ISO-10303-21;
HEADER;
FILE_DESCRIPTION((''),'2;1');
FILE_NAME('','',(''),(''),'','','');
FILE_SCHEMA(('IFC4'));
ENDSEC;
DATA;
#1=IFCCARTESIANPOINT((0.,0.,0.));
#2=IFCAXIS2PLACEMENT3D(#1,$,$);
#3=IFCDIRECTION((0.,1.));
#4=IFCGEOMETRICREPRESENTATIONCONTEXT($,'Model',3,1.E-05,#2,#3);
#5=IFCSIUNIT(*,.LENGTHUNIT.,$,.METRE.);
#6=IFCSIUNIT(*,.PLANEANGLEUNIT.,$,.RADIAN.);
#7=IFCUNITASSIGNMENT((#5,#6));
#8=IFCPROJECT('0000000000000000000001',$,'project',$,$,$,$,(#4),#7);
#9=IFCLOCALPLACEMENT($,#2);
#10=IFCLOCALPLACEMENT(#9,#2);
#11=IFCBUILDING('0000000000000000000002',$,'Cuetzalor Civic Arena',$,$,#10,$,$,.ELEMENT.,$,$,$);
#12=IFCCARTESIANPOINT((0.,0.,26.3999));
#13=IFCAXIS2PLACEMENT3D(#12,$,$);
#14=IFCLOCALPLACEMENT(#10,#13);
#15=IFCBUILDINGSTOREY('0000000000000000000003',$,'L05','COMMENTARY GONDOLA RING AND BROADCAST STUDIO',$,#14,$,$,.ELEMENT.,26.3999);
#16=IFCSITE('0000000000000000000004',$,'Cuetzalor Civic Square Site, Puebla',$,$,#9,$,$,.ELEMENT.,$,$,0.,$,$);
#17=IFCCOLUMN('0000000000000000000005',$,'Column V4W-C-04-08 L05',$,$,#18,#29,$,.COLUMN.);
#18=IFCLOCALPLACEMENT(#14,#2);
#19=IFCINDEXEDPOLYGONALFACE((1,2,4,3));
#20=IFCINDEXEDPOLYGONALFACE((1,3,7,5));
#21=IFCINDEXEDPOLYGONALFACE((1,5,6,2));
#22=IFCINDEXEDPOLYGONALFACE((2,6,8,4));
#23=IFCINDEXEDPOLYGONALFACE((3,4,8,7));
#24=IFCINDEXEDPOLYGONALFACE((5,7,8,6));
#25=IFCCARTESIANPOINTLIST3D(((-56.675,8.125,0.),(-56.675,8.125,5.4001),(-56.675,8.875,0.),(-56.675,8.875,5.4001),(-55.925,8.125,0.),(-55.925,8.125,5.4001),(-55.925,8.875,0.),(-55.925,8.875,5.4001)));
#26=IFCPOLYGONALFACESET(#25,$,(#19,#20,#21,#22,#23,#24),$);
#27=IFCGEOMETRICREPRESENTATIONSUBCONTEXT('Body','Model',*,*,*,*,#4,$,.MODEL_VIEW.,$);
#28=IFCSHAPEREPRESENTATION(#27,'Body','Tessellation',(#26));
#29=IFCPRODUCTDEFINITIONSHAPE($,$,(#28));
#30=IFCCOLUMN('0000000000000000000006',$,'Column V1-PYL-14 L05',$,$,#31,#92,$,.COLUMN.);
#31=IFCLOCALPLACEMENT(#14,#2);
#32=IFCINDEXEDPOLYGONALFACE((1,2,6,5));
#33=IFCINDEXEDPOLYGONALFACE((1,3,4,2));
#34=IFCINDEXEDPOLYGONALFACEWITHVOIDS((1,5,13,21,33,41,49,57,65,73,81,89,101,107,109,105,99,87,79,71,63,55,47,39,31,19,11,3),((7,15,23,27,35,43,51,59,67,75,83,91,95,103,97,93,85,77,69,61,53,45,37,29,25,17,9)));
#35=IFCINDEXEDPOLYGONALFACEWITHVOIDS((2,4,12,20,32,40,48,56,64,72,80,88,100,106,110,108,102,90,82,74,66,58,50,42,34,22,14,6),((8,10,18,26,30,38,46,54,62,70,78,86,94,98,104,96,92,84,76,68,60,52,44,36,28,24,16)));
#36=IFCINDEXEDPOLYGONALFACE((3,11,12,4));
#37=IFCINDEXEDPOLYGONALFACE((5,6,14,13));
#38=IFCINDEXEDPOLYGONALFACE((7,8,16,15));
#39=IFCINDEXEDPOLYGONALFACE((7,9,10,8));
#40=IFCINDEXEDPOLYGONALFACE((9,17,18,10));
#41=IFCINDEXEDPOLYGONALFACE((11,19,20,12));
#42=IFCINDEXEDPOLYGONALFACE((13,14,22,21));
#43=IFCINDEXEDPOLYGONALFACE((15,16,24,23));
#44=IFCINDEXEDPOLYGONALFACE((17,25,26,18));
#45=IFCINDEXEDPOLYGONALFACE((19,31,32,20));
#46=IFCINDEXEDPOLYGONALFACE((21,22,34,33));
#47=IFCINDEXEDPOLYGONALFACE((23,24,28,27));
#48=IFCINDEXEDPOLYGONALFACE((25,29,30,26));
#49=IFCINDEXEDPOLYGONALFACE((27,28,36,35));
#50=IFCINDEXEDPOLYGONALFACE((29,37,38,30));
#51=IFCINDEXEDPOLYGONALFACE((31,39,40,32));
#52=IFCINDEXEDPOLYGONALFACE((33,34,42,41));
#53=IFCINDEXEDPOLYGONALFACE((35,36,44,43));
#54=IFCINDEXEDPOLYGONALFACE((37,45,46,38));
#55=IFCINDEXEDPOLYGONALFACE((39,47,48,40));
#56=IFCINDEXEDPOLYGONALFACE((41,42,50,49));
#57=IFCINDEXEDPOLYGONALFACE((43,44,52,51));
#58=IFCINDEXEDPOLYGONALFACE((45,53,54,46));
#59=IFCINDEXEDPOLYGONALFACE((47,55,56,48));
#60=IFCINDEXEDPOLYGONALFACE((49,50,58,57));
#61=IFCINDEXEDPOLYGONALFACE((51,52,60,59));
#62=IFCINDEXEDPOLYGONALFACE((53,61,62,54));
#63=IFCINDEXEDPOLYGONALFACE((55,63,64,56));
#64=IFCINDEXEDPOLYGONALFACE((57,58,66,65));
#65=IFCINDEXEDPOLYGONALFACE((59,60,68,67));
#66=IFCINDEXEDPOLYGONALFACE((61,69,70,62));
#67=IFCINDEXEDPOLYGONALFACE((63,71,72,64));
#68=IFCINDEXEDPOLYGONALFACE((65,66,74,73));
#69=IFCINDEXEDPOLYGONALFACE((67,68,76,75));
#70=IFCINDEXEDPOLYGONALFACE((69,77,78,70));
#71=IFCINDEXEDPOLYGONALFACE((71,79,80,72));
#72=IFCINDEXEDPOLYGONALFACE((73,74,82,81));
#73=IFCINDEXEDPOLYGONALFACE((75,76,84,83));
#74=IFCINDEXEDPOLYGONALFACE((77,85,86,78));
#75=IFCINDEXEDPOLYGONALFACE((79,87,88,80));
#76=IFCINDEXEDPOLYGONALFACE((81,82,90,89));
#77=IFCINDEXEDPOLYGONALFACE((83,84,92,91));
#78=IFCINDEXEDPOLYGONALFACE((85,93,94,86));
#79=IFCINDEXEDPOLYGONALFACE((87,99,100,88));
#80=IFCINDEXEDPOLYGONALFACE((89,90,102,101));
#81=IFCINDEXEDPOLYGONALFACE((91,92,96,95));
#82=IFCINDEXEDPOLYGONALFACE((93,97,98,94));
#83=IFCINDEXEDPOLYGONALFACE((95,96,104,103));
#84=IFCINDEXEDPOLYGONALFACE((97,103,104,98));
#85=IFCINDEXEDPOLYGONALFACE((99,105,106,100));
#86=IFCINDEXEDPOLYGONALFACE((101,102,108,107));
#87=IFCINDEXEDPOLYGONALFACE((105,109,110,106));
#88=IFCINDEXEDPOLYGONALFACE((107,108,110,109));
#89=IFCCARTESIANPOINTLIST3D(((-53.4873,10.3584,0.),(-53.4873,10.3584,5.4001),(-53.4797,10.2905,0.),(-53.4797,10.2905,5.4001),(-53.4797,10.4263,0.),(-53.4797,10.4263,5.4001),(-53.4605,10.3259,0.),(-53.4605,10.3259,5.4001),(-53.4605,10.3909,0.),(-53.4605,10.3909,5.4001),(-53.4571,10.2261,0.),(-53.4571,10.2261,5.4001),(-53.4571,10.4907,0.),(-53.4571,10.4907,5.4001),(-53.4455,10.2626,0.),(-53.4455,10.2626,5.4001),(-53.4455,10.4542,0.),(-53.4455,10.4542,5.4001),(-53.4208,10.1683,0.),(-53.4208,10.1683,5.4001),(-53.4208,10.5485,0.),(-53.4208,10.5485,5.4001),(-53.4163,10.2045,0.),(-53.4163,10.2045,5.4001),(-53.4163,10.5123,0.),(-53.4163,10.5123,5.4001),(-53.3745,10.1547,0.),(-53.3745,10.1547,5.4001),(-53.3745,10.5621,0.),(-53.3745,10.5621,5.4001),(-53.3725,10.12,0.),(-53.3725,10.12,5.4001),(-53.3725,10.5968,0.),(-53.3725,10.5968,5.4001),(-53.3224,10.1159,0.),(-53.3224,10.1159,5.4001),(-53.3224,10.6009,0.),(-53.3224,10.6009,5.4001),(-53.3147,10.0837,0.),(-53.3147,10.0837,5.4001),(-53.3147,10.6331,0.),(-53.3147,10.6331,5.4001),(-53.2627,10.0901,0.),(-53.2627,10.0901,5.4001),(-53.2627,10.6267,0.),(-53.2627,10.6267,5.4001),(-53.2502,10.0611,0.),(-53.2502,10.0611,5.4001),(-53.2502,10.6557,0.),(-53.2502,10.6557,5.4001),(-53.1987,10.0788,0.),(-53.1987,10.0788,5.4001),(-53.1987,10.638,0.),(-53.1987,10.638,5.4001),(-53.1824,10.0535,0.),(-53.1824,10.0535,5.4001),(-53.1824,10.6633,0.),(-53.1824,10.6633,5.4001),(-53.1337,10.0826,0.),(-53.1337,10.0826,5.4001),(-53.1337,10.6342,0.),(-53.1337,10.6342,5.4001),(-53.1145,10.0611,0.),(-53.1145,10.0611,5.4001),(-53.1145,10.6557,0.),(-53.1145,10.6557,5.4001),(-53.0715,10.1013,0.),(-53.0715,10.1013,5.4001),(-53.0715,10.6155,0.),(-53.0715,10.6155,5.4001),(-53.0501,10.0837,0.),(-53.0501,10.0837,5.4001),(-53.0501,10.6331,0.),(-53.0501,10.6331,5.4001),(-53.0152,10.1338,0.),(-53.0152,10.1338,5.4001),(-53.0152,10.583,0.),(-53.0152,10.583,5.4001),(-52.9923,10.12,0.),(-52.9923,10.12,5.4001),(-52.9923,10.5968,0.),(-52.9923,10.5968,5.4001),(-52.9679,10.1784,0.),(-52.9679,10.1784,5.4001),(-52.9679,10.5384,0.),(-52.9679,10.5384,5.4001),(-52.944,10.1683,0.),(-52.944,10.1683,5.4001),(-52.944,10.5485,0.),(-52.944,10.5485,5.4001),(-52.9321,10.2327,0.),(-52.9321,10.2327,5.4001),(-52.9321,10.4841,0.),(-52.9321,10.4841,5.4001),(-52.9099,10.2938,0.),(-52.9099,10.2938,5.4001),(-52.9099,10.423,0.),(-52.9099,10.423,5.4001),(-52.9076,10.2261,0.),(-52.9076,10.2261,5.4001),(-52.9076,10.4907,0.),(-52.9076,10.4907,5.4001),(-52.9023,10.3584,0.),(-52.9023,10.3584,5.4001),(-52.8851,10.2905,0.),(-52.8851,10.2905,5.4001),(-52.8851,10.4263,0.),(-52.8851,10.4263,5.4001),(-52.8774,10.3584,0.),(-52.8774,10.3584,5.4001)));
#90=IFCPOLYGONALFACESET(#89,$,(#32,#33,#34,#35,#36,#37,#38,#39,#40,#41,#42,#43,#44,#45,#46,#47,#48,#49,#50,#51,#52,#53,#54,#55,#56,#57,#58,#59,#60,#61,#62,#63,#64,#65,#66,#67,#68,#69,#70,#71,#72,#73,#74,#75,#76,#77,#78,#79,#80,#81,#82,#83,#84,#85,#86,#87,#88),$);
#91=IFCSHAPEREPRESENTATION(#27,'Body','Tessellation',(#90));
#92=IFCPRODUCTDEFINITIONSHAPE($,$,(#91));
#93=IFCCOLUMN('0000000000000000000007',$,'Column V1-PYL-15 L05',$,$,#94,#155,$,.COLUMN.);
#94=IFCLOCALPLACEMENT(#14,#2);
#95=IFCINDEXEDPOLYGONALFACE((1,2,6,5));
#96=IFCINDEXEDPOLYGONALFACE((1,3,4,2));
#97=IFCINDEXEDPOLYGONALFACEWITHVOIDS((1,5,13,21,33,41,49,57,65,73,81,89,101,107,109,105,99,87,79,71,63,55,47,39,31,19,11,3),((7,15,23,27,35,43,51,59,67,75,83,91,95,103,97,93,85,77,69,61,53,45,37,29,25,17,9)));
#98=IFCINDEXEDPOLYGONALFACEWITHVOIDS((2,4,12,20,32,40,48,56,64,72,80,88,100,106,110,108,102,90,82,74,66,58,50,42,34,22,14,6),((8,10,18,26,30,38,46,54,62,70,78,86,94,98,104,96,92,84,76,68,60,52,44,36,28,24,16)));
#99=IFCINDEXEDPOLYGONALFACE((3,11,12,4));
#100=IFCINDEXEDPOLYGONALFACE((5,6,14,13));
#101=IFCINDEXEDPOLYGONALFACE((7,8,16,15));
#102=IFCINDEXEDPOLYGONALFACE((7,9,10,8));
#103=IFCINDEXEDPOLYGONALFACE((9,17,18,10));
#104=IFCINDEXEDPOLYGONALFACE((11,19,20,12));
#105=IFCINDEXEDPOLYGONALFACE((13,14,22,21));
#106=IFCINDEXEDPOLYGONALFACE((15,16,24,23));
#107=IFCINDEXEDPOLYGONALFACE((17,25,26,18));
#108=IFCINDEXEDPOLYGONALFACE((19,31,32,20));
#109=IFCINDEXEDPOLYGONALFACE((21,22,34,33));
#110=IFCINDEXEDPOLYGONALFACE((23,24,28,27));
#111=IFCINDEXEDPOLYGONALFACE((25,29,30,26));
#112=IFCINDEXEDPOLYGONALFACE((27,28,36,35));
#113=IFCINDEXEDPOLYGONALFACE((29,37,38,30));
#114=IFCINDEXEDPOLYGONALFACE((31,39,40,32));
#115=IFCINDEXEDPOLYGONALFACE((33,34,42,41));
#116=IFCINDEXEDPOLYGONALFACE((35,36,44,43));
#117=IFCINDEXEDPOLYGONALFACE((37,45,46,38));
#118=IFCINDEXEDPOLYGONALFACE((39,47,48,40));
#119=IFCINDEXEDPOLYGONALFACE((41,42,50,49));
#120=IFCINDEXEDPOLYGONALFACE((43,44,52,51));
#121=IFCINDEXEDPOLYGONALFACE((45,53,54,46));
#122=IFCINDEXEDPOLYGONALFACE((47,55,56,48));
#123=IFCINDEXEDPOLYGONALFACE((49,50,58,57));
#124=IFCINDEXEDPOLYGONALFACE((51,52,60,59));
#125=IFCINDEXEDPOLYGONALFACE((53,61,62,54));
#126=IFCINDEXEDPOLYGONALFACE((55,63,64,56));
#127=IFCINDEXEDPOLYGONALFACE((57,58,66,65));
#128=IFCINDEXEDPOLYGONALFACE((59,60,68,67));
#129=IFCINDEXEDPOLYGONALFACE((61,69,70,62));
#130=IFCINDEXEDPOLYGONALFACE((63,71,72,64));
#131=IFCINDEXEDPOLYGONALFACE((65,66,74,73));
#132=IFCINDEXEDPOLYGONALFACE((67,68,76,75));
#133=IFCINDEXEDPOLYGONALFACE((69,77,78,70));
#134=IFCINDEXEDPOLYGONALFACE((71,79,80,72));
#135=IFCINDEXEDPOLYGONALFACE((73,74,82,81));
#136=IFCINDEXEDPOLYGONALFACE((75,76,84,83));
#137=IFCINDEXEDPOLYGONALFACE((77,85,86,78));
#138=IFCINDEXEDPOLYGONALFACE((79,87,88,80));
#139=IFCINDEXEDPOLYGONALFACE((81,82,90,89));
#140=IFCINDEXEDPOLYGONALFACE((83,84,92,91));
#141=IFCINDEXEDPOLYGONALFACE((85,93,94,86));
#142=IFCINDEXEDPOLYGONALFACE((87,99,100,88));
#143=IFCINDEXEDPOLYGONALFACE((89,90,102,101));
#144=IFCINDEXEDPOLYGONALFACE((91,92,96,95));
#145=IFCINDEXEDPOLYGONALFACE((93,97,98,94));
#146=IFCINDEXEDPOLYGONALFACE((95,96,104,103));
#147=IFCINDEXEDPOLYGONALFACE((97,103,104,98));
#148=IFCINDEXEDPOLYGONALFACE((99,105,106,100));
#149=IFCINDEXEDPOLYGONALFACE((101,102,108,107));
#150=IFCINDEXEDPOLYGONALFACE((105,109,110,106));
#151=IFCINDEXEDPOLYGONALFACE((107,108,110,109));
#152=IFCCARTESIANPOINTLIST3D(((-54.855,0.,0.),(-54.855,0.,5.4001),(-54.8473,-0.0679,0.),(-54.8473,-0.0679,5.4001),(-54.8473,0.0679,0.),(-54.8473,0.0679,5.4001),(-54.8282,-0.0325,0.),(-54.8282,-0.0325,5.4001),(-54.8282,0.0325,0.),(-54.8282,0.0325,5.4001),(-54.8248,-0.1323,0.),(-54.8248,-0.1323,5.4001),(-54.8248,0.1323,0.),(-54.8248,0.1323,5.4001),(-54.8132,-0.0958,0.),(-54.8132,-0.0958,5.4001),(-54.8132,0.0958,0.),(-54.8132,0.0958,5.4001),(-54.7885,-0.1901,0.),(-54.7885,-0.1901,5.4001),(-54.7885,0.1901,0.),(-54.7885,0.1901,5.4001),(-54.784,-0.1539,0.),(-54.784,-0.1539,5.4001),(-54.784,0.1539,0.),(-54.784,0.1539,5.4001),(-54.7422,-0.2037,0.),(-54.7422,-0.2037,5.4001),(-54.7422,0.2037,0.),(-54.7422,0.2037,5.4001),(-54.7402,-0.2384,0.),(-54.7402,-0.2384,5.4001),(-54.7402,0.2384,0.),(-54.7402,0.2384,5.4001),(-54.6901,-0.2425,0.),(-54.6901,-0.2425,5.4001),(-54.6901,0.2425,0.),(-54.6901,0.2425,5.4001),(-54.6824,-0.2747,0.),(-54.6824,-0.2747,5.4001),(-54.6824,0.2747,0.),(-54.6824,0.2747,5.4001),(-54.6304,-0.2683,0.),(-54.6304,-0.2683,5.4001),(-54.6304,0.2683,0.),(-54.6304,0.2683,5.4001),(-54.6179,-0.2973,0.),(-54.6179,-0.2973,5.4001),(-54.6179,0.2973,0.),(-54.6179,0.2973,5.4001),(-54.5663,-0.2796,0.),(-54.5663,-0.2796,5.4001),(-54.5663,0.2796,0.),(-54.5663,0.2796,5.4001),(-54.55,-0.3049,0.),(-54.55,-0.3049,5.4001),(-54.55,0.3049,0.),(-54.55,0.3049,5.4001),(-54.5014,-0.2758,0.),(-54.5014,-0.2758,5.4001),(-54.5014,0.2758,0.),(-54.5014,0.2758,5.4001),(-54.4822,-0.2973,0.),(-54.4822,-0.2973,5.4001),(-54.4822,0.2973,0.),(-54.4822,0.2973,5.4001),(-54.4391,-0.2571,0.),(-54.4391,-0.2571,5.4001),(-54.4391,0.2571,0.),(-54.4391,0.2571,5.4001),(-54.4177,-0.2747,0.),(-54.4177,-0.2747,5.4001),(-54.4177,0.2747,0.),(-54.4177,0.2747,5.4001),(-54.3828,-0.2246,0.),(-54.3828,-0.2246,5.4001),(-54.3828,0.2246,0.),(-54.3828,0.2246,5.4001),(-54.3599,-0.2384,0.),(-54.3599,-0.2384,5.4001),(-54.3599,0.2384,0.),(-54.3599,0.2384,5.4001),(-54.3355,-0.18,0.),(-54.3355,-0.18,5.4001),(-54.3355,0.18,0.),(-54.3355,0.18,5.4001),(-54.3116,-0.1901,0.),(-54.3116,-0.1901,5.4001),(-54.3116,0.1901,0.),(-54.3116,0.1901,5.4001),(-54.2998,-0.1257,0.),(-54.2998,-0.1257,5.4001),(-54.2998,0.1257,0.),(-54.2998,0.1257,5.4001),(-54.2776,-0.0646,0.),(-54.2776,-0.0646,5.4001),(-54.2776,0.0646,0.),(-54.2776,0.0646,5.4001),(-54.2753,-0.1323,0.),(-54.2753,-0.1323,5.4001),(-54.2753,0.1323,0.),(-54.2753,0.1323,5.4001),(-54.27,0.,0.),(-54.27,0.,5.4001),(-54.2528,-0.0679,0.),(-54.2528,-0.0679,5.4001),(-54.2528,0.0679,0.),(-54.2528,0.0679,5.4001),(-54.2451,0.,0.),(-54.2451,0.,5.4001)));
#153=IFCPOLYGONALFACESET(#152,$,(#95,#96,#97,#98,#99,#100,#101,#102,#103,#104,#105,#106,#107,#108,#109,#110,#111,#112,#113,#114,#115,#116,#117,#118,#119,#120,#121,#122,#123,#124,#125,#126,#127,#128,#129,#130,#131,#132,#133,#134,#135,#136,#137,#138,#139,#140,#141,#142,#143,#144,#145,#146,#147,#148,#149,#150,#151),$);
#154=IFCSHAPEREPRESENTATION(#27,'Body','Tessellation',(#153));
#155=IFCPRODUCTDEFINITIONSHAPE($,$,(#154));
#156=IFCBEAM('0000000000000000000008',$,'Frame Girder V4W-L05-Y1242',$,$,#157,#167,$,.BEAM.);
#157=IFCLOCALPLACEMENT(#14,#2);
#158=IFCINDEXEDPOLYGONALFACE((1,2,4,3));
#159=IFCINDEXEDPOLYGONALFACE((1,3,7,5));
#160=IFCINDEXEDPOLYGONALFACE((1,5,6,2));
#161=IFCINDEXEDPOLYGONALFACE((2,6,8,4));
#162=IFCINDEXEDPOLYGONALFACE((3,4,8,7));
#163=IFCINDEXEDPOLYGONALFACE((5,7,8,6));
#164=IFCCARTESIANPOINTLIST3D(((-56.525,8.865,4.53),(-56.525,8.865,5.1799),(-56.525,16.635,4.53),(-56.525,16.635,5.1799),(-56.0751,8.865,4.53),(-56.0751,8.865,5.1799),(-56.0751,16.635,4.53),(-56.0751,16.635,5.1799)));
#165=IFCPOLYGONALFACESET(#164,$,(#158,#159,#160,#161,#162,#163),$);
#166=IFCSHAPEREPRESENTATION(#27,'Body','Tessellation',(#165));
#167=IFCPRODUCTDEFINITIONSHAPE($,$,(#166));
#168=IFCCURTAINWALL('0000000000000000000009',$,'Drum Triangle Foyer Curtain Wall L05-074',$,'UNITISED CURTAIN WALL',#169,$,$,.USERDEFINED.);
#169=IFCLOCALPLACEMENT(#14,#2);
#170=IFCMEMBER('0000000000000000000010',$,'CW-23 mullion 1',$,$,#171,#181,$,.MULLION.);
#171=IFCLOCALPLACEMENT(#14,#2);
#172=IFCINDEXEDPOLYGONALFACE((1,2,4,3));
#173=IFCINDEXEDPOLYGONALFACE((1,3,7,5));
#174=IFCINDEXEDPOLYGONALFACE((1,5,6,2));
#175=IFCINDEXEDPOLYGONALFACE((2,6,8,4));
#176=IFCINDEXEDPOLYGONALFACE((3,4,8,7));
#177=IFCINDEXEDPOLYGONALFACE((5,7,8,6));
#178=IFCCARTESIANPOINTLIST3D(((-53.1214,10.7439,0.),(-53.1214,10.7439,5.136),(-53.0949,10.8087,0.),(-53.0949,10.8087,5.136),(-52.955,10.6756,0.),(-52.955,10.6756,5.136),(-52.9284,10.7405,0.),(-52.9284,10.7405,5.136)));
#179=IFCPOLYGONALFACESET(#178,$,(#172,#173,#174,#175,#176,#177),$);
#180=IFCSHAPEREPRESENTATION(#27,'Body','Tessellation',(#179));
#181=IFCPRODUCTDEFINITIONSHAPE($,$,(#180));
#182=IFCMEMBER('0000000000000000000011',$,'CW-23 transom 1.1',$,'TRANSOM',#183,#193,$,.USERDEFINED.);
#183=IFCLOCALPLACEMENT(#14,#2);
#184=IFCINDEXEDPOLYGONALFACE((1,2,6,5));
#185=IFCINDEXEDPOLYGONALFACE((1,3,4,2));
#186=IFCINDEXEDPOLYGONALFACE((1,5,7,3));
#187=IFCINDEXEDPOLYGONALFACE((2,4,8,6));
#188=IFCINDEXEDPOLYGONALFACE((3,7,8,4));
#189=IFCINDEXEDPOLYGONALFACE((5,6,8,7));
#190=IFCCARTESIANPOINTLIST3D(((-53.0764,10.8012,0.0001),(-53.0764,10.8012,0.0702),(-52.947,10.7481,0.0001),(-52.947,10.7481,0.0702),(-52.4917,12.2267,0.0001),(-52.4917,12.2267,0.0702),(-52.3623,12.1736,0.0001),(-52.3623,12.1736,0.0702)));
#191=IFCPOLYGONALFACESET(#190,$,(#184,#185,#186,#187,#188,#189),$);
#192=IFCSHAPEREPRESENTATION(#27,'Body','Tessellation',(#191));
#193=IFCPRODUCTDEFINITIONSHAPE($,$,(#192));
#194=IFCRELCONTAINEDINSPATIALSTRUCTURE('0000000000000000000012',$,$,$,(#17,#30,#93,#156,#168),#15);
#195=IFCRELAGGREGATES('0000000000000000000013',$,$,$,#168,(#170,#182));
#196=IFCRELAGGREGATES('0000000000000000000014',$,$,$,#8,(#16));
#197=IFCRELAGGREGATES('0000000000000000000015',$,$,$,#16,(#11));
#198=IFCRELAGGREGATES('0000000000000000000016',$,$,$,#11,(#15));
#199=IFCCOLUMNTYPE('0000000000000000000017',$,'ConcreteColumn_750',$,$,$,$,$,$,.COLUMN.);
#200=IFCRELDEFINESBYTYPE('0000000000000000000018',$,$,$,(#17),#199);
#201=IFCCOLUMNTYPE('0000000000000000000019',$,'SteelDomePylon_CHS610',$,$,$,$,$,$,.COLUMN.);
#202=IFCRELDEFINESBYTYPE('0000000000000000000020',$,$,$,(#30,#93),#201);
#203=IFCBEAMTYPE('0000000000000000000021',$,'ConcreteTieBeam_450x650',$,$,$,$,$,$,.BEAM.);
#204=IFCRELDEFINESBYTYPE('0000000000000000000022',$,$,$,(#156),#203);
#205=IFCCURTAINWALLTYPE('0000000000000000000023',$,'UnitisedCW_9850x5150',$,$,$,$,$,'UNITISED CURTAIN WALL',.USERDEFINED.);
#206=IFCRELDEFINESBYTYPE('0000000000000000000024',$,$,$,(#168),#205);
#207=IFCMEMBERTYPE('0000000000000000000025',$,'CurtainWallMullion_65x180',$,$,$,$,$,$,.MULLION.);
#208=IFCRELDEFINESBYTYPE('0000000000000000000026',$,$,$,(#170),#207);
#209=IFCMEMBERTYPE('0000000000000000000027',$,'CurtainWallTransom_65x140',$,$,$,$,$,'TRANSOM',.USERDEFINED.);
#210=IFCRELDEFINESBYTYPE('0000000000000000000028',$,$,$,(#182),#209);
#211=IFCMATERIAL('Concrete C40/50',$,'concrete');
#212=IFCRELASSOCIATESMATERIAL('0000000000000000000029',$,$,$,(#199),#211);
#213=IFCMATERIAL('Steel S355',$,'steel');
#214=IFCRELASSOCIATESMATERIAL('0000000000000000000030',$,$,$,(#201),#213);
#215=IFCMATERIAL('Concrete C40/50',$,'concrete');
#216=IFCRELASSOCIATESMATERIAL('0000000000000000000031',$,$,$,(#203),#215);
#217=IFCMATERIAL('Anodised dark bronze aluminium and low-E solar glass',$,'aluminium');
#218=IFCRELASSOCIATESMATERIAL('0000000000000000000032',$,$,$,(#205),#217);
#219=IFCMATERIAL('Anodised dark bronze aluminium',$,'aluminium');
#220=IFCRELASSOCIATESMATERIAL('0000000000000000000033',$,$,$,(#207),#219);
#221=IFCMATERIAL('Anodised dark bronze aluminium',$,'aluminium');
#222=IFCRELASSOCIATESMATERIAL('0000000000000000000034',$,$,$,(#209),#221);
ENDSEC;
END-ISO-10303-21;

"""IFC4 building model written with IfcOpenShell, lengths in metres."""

from ifc_helpers import new_model, si_unit, direction, frame, origin, origin_2d, place, context, subcontext, project, spatial, rectangle, hollow_circle, extrude, material, material_profile, profile_set, type_object, element, aggregate, save


model = new_model("IFC4")

# Units and contexts
model_context = context("Model", 3, precision=1e-05, world=origin(), true_north=direction((0.0, 1.0)))
body_context = subcontext(model_context, "Body", "Model", "MODEL_VIEW")
ifc_project = project(units=[si_unit("LENGTHUNIT", "METRE"), si_unit("PLANEANGLEUNIT", "RADIAN")], contexts=[model_context])

# Site, building, storey
site_placement = place(None, origin())
site = spatial("IfcSite", under=ifc_project, at=site_placement, Name="Cuetzalor Civic Square Site, Puebla", CompositionType="ELEMENT", RefElevation=0.0)
building_placement = place(site_placement, origin())
building = spatial("IfcBuilding", under=site, at=building_placement, Name="Cuetzalor Civic Arena", CompositionType="ELEMENT")
storey_placement = place(building_placement, frame((0.0, 0.0, 26.3999)))
storey = spatial("IfcBuildingStorey", under=building, at=storey_placement, Name="L05", Description="COMMENTARY GONDOLA RING AND BROADCAST STUDIO", CompositionType="ELEMENT", Elevation=26.3999)

# Columns
ifc_material_1 = material(Name="Concrete C40/50", Category="concrete")
ifc_material_profile_1 = material_profile(ifc_material_1, rectangle(XDim=0.75, YDim=0.75, at=origin_2d()), Name="RC 750x750")
ifc_profile_set_1 = profile_set([ifc_material_profile_1], Name="Concrete C40/50")
column_type_1 = type_object("IfcColumnType", Name="ConcreteColumn_750", PredefinedType="COLUMN", material=ifc_profile_set_1)
column_placement = place(storey_placement, frame((-56.3, 8.5, 0.0), z_axis=(0.0, 0.0, 1.0), x_axis=(1.0, 0.0, 0.0)))
element("IfcColumn", 1, at=column_placement, inside=storey, type_object=column_type_1, Name="Column V4W-C-04-08 L05", PredefinedType="COLUMN", context=body_context, shape_type="SweptSolid", body=[
    extrude(rectangle(XDim=0.75, YDim=0.75, at=origin_2d()), origin(), (0.0, 0.0, 1.0), 5.4001),
])
ifc_material_2 = material(Name="Steel S355", Category="steel")
ifc_material_profile_2 = material_profile(ifc_material_2, hollow_circle(Radius=0.3049, WallThickness=0.0249, at=origin_2d()), Name="CHS 610x25")
ifc_profile_set_2 = profile_set([ifc_material_profile_2], Name="Steel S355")
column_type_2 = type_object("IfcColumnType", Name="SteelDomePylon_CHS610", PredefinedType="COLUMN", material=ifc_profile_set_2)
for number, where, z_axis, x_axis, name in (
    (2, (-53.1824, 10.3584, 0.0), (0.0, 0.0, 1.0), (1.0, 0.0, 0.0), "Column V1-PYL-14 L05"),
    (3, (-54.55, 0.0, 0.0), (0.0, 0.0, 1.0), (1.0, 0.0, 0.0), "Column V1-PYL-15 L05"),
):
    element("IfcColumn", number, at=place(storey_placement, frame(where, z_axis=z_axis, x_axis=x_axis)), inside=storey, type_object=column_type_2, Name=name, PredefinedType="COLUMN", context=body_context, shape_type="SweptSolid", body=[
        extrude(hollow_circle(Radius=0.3049, WallThickness=0.0249, at=origin_2d()), origin(), (0.0, 0.0, 1.0), 5.4001),
    ])

# Beam
ifc_material_3 = material(Name="Concrete C40/50", Category="concrete")
ifc_material_profile_3 = material_profile(ifc_material_3, rectangle(XDim=0.45, YDim=0.6499, at=origin_2d()), Name="RC 450x650")
ifc_profile_set_3 = profile_set([ifc_material_profile_3], Name="Concrete C40/50")
beam_type = type_object("IfcBeamType", Name="ConcreteTieBeam_450x650", PredefinedType="BEAM", material=ifc_profile_set_3)
beam_placement = place(storey_placement, frame((-56.3, 8.865, 4.855), z_axis=(0.0, 1.0, 0.0), x_axis=(-1.0, 0.0, 0.0)))
element("IfcBeam", 4, at=beam_placement, inside=storey, type_object=beam_type, Name="Frame Girder V4W-L05-Y1242", PredefinedType="BEAM", context=body_context, shape_type="SweptSolid", body=[
    extrude(rectangle(XDim=0.45, YDim=0.6499, at=origin_2d()), origin(), (0.0, 0.0, 1.0), 7.77),
])

# Curtain wall, members
ifc_material_4 = material(Name="Anodised dark bronze aluminium and low-E solar glass", Category="aluminium")
curtain_wall_type = type_object("IfcCurtainWallType", Name="UnitisedCW_9850x5150", ElementType="UNITISED CURTAIN WALL", PredefinedType="USERDEFINED", material=ifc_material_4)
curtain_wall_placement = place(storey_placement, origin())
curtain_wall = element("IfcCurtainWall", 5, at=curtain_wall_placement, inside=storey, type_object=curtain_wall_type, Name="Drum Triangle Foyer Curtain Wall L05-074", ObjectType="UNITISED CURTAIN WALL", PredefinedType="USERDEFINED")
ifc_material_5 = material(Name="Anodised dark bronze aluminium", Category="aluminium")
ifc_material_profile_4 = material_profile(ifc_material_5, rectangle(XDim=0.0701, YDim=0.1799, at=origin_2d()), Name="ALU MULLION 70x180")
ifc_profile_set_4 = profile_set([ifc_material_profile_4], Name="Anodised dark bronze aluminium")
member_type_1 = type_object("IfcMemberType", Name="CurtainWallMullion_65x180", PredefinedType="MULLION", material=ifc_profile_set_4)
member_1_placement = place(storey_placement, frame((-53.0249, 10.7422, 0.0), z_axis=(0.0, 0.0, 1.0), x_axis=(0.379391, 0.925236, 0.0)))
member_1 = element("IfcMember", 6, at=member_1_placement, type_object=member_type_1, Name="CW-23 mullion 1", PredefinedType="MULLION", context=body_context, shape_type="SweptSolid", body=[
    extrude(rectangle(XDim=0.0701, YDim=0.1799, at=origin_2d()), origin(), (0.0, 0.0, 1.0), 5.136),
])
ifc_material_6 = material(Name="Anodised dark bronze aluminium", Category="aluminium")
ifc_material_profile_5 = material_profile(ifc_material_6, rectangle(XDim=0.1399, YDim=0.0701, at=origin_2d()), Name="ALU TRANSOM 70x140")
ifc_profile_set_5 = profile_set([ifc_material_profile_5], Name="Anodised dark bronze aluminium")
member_type_2 = type_object("IfcMemberType", Name="CurtainWallTransom_65x140", ElementType="TRANSOM", PredefinedType="USERDEFINED", material=ifc_profile_set_5)
member_2_placement = place(storey_placement, frame((-53.0117, 10.7747, 0.0352), z_axis=(0.37949, 0.925196, 0.0), x_axis=(-0.925196, 0.37949, 0.0)))
member_2 = element("IfcMember", 7, at=member_2_placement, type_object=member_type_2, Name="CW-23 transom 1.1", ObjectType="TRANSOM", PredefinedType="USERDEFINED", context=body_context, shape_type="SweptSolid", body=[
    extrude(rectangle(XDim=0.1399, YDim=0.0701, at=origin_2d()), origin(), (0.0, 0.0, 1.0), 1.5408),
])
aggregate(curtain_wall, [member_1, member_2])

save(model, "model.ifc")
